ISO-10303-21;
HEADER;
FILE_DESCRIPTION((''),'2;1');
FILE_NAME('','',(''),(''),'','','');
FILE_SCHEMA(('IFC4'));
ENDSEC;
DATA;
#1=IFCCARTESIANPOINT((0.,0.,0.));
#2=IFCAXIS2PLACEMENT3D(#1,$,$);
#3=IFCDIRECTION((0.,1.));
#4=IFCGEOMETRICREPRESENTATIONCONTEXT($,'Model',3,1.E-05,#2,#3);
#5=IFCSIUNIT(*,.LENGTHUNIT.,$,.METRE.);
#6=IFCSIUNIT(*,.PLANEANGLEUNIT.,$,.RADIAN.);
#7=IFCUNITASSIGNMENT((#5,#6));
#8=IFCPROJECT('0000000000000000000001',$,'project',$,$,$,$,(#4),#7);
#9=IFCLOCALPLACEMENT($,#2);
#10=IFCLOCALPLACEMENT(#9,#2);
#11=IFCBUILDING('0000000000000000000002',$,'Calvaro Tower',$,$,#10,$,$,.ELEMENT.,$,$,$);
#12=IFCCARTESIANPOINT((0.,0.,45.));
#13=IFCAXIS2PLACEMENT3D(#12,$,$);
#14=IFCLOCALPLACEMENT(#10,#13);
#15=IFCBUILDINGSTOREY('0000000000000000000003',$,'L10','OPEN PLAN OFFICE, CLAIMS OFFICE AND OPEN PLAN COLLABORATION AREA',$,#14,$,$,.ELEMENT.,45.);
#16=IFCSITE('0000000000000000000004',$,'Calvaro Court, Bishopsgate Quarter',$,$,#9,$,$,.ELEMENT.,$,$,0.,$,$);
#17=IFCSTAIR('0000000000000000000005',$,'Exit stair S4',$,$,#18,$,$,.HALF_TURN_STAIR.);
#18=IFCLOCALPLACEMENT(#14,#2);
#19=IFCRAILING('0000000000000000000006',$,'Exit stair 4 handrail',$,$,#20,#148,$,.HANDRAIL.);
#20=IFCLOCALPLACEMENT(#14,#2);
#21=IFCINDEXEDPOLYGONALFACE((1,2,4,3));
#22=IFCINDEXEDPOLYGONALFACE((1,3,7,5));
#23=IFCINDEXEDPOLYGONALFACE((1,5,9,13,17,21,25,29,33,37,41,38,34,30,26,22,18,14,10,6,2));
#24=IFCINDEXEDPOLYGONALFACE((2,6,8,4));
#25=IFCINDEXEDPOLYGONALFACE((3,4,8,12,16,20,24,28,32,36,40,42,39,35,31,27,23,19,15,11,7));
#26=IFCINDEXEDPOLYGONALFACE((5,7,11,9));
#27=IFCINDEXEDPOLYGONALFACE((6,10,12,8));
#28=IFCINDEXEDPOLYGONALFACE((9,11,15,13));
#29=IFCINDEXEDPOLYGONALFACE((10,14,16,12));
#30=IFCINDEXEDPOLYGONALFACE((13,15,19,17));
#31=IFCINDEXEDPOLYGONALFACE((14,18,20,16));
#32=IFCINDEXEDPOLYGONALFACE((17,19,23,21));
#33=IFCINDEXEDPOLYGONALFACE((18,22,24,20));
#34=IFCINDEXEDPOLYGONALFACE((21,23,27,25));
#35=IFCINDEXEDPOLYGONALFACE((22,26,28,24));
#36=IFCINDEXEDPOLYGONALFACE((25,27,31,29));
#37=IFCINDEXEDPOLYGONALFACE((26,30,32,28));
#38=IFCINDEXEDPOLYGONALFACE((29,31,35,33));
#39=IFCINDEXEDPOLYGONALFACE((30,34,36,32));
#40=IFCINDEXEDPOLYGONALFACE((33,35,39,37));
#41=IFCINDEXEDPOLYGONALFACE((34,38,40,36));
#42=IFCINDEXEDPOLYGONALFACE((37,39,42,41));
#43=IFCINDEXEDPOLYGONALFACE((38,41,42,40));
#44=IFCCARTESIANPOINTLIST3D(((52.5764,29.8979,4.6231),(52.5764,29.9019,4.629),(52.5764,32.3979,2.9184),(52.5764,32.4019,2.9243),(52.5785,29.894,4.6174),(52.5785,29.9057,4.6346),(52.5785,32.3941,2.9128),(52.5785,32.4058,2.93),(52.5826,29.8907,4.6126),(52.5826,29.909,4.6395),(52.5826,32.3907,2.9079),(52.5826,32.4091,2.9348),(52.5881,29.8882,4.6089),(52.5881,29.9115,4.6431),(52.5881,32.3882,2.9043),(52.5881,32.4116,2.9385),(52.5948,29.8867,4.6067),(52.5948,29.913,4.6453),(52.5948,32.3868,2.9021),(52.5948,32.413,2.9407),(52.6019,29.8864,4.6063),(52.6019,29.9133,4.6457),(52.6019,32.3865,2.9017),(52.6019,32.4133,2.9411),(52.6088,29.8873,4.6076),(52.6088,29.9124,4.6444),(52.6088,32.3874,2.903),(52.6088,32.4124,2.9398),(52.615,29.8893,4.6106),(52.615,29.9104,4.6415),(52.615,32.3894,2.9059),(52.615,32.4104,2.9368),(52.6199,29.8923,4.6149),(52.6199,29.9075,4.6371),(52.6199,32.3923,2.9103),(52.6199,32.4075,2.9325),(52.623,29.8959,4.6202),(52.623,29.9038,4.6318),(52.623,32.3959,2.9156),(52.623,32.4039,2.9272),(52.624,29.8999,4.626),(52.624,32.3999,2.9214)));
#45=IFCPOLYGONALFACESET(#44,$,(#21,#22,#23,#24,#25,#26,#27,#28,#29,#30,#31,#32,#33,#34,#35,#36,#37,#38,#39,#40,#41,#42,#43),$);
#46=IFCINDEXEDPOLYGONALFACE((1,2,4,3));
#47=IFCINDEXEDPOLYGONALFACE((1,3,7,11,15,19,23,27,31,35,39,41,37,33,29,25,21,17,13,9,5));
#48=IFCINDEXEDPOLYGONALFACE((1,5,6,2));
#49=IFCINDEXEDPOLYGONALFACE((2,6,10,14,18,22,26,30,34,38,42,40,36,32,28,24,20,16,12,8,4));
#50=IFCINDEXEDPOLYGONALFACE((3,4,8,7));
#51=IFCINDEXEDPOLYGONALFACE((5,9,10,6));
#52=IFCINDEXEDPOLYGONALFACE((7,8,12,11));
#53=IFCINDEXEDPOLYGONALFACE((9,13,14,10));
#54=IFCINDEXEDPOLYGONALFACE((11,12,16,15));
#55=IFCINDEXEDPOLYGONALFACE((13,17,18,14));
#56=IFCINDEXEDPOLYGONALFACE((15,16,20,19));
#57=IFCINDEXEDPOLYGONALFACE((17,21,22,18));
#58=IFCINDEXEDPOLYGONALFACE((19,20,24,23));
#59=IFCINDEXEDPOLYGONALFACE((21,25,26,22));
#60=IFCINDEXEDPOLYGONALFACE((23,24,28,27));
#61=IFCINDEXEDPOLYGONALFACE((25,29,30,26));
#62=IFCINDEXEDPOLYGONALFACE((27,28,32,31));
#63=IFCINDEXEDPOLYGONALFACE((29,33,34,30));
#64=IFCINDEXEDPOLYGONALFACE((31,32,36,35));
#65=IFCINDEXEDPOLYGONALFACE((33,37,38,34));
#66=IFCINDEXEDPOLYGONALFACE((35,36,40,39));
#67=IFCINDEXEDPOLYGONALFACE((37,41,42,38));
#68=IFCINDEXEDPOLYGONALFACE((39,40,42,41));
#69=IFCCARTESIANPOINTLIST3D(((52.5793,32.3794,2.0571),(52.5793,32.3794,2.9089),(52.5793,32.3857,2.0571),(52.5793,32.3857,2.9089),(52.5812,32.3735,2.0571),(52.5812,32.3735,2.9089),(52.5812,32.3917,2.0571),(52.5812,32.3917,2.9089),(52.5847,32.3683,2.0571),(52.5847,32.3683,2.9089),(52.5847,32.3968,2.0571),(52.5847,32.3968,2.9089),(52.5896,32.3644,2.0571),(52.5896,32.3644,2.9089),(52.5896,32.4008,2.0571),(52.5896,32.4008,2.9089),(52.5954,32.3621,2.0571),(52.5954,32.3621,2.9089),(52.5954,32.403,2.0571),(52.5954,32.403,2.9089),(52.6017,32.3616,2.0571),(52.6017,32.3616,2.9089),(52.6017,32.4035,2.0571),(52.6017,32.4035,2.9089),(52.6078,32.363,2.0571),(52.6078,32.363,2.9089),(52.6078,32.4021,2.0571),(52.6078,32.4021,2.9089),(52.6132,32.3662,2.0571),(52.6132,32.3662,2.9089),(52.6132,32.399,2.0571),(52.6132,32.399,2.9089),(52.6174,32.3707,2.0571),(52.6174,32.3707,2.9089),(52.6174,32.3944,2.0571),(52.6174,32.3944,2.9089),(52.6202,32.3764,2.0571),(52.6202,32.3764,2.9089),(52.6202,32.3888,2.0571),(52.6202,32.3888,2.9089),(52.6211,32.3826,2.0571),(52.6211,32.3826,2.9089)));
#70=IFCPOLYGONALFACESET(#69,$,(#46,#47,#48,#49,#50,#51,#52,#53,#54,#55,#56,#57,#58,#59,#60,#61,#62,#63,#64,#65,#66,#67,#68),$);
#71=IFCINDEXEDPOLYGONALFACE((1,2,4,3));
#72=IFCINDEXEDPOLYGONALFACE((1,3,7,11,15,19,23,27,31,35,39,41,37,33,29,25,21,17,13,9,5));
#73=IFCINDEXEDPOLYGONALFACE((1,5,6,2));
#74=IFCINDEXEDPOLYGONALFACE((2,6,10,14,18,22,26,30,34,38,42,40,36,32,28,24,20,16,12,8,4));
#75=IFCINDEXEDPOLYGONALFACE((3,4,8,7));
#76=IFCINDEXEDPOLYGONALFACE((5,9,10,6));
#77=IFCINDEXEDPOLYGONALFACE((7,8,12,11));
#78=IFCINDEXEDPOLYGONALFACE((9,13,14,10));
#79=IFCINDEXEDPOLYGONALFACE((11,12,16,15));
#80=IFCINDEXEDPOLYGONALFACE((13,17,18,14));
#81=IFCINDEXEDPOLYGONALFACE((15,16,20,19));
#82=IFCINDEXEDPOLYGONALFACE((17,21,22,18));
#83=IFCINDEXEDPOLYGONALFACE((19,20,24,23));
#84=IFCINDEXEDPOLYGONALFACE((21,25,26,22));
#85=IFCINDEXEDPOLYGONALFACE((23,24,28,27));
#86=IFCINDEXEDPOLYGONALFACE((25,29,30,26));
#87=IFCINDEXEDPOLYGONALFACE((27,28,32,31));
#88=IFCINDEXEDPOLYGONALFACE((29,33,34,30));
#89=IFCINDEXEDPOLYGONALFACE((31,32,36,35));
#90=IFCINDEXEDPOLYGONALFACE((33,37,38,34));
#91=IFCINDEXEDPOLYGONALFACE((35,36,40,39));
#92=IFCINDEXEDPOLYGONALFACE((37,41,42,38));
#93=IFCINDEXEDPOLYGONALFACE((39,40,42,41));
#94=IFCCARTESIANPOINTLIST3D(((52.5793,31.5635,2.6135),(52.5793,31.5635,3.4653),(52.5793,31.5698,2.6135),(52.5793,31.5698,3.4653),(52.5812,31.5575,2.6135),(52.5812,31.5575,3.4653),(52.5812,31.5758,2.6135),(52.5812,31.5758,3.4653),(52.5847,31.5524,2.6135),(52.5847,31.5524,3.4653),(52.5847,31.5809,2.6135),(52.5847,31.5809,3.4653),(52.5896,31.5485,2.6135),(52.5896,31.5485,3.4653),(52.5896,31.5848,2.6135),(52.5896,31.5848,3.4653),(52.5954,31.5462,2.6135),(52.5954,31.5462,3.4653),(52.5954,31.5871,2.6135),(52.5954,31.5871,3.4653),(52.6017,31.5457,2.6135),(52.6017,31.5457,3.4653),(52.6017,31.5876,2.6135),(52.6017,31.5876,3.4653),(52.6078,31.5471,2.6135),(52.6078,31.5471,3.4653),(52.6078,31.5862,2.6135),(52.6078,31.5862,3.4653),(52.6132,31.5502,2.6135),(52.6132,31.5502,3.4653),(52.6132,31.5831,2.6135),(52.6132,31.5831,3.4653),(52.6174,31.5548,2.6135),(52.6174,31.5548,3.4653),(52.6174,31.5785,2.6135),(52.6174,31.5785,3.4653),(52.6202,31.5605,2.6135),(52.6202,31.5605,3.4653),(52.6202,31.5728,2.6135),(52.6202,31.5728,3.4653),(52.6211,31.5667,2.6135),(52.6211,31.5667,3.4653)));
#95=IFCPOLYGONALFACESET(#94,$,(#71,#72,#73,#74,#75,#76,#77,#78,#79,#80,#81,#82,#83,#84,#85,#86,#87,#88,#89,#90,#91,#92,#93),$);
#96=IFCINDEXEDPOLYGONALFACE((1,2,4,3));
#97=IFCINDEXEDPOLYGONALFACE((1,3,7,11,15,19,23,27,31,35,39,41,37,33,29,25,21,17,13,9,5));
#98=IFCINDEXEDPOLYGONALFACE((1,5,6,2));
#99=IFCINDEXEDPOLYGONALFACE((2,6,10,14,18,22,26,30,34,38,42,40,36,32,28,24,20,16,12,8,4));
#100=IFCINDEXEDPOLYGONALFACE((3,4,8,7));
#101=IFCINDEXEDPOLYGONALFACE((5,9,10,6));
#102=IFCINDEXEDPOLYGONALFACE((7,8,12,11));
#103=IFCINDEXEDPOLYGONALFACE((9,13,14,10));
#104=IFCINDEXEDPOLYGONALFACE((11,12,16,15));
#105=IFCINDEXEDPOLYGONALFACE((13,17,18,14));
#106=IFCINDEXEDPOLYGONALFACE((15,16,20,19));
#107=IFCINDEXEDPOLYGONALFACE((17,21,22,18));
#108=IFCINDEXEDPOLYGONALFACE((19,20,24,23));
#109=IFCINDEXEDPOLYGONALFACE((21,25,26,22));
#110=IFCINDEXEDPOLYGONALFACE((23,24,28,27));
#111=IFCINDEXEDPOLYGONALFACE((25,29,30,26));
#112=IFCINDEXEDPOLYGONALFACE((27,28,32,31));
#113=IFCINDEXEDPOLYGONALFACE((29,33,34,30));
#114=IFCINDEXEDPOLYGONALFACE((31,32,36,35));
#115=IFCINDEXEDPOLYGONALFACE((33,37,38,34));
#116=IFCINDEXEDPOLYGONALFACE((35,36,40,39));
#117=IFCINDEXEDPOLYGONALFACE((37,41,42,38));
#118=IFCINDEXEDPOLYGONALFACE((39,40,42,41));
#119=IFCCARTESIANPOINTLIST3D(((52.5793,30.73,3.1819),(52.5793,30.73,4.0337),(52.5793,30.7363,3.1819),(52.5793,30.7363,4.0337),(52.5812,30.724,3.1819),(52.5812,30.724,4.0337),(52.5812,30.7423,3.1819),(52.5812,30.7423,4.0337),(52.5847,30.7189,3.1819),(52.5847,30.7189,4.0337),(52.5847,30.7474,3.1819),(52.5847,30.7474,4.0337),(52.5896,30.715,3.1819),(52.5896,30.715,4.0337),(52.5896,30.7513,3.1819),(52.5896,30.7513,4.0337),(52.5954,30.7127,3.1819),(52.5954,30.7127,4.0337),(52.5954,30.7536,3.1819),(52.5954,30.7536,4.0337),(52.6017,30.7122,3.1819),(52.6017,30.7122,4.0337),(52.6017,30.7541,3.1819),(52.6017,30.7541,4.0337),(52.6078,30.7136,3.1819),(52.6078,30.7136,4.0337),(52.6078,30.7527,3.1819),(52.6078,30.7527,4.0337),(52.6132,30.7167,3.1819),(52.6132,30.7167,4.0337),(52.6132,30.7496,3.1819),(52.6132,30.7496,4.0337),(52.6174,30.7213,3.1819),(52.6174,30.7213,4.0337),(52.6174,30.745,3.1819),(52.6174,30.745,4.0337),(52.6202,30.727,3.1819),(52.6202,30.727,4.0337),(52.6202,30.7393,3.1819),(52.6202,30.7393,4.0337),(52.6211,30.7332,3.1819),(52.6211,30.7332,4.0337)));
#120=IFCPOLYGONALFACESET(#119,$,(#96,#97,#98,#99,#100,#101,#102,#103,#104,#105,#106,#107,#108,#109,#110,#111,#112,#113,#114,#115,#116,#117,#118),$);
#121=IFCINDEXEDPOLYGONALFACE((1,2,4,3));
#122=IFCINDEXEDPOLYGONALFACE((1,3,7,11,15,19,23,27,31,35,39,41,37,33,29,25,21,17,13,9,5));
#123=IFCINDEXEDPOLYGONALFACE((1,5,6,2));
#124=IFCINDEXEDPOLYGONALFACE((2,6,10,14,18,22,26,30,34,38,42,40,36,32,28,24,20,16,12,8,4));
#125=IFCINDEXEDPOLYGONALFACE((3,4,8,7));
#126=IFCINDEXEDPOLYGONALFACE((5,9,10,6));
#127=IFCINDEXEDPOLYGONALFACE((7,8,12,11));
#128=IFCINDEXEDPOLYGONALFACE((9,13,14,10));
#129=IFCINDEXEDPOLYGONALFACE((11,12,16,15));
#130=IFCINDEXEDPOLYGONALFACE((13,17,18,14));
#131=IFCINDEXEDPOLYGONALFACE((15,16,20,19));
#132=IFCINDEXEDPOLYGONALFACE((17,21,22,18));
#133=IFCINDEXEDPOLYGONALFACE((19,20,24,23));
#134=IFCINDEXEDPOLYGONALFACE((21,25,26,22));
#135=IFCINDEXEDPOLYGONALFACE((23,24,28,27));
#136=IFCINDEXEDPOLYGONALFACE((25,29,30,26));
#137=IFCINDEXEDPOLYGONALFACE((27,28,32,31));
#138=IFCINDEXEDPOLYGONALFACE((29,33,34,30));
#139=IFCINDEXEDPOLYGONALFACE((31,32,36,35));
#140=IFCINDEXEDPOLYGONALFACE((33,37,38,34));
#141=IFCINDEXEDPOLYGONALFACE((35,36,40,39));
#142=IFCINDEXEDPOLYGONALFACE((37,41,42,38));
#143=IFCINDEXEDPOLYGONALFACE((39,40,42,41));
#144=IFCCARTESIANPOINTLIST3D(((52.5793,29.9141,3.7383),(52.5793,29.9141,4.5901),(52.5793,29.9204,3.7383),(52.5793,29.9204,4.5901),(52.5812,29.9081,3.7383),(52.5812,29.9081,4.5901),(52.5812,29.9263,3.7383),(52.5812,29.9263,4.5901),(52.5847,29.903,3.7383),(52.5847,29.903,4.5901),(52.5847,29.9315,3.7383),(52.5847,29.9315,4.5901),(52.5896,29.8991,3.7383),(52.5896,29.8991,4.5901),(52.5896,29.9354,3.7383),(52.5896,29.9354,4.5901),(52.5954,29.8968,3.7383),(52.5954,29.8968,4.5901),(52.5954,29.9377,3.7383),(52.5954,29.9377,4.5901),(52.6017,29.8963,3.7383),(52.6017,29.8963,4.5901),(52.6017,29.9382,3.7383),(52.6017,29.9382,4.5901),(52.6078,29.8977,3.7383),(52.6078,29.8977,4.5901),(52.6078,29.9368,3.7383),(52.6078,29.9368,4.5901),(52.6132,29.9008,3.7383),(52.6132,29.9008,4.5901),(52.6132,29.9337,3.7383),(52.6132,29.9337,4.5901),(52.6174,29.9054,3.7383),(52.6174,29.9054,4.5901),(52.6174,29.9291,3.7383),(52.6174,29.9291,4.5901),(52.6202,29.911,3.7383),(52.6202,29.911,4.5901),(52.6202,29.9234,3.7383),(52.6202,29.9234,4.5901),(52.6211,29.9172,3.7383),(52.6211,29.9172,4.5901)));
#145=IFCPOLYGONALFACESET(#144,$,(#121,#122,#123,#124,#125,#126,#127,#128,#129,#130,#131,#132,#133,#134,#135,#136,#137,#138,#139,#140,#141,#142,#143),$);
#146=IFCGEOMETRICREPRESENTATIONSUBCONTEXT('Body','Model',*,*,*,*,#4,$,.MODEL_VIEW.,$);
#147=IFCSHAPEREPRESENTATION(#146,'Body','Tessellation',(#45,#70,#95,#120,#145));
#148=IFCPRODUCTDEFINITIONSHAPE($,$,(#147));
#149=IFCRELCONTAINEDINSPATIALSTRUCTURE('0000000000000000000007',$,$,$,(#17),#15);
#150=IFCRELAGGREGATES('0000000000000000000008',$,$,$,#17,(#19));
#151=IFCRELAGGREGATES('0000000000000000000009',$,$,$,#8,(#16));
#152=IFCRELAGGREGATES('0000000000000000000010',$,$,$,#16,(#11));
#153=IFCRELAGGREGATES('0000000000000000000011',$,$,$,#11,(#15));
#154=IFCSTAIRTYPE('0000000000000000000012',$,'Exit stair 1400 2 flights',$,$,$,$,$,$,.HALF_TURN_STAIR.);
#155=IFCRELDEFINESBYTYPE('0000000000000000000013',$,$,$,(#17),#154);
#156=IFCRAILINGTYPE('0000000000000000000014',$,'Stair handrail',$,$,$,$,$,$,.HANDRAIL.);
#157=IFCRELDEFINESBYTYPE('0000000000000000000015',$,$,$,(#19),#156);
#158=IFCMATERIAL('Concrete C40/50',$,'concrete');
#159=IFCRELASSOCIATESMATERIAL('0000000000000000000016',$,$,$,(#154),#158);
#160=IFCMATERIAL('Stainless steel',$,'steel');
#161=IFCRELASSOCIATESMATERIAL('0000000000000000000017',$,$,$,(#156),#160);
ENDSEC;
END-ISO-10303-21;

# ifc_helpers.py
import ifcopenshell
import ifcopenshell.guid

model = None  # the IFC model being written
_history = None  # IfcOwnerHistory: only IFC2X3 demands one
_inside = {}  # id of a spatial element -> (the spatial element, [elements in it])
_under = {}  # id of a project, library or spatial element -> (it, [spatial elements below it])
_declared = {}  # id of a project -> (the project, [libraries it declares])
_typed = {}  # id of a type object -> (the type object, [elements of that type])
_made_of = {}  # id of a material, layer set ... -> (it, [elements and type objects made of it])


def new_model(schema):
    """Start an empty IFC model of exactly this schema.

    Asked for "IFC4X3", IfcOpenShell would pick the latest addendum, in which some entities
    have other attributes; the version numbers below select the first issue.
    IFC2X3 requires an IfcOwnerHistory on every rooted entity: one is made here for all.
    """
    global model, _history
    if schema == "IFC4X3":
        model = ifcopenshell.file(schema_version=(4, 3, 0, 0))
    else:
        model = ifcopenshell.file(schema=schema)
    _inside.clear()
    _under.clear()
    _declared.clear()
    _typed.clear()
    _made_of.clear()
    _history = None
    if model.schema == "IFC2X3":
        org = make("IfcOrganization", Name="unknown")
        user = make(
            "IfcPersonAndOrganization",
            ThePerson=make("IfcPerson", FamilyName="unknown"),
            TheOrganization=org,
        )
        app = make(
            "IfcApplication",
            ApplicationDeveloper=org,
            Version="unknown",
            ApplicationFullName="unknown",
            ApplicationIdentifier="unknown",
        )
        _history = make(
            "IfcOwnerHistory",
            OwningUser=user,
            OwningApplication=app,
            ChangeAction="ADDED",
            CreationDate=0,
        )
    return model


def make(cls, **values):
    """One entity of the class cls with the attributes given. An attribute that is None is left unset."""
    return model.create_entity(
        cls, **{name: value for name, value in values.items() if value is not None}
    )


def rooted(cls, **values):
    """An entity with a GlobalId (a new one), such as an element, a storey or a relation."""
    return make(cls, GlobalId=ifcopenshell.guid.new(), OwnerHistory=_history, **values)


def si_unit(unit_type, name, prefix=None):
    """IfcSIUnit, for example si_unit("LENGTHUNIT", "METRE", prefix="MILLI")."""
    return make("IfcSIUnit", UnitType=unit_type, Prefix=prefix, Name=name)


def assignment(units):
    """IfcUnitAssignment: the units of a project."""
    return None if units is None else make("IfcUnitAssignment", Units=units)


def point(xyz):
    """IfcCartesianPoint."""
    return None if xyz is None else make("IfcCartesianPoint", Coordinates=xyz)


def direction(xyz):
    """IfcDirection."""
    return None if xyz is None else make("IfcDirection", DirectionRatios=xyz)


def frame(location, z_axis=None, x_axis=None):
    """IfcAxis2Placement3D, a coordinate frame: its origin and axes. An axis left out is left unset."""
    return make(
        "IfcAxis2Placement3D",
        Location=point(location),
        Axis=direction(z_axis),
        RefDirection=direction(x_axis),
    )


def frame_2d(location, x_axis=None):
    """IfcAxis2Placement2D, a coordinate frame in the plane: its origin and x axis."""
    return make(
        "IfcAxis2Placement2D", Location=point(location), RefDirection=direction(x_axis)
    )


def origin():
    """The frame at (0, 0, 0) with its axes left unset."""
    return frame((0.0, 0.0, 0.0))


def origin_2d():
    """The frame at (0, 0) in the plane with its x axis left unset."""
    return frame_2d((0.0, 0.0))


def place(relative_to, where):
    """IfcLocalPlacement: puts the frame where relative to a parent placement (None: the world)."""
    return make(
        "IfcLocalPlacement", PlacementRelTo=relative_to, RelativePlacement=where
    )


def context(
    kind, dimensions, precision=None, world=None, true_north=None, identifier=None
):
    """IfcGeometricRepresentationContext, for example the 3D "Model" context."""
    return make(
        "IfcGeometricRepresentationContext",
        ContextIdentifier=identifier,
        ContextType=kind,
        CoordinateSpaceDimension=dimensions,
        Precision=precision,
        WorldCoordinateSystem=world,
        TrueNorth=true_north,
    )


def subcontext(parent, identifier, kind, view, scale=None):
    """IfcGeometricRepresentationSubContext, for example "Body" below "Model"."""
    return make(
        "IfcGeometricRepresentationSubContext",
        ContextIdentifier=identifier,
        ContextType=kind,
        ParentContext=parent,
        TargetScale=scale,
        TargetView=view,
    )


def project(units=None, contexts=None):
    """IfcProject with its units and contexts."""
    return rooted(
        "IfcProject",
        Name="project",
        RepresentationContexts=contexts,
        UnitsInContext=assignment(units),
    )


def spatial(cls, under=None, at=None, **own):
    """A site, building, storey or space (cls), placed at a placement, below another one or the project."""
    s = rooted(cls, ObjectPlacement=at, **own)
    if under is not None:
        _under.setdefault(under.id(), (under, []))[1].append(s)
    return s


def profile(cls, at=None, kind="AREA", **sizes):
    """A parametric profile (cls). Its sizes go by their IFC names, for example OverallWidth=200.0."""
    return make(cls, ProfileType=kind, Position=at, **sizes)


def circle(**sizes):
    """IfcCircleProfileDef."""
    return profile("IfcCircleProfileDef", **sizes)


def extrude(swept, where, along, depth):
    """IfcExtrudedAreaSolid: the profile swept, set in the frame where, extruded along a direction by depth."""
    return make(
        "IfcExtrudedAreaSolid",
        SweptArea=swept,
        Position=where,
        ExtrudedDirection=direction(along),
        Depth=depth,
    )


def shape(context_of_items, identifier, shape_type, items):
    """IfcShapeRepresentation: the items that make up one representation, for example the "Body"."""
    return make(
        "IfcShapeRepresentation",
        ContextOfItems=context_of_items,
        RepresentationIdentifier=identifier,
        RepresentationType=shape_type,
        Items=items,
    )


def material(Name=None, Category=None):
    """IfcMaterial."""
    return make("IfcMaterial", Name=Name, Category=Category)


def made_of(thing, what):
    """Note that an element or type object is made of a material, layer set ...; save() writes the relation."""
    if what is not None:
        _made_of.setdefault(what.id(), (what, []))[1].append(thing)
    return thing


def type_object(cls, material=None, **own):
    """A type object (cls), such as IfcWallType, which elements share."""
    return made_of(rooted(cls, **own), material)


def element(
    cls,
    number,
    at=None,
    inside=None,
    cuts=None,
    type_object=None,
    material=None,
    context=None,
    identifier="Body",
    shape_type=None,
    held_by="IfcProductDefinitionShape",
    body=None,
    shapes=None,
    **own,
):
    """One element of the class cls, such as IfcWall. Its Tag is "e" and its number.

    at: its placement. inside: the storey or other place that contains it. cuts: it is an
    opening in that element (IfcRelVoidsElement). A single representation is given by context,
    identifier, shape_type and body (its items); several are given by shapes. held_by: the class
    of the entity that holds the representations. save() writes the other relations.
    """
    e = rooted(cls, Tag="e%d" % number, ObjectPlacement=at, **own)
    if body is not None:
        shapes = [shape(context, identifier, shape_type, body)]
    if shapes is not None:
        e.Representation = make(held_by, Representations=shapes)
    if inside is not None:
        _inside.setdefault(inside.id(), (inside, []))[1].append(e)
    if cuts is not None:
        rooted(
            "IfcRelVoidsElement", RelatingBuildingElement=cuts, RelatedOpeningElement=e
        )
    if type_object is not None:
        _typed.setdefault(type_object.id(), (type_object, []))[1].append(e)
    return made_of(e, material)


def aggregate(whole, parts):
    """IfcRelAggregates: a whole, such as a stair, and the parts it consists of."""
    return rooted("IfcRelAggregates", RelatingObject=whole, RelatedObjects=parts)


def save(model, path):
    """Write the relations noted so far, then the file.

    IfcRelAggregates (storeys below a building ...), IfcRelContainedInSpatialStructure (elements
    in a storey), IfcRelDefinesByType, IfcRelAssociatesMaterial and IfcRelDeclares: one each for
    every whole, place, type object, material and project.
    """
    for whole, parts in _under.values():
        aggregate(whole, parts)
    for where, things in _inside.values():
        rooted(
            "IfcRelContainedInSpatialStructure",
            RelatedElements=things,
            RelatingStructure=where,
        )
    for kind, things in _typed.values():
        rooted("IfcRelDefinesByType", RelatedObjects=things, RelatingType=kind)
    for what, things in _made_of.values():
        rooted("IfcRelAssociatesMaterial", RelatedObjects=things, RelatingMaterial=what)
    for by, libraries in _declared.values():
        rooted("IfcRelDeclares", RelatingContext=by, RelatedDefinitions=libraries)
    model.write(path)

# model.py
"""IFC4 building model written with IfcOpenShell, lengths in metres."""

from ifc_helpers import new_model, si_unit, direction, frame, origin, origin_2d, place, context, subcontext, project, spatial, circle, extrude, material, type_object, element, aggregate, save


model = new_model("IFC4")

# Units and contexts
model_context = context("Model", 3, precision=1e-05, world=origin(), true_north=direction((0.0, 1.0)))
body_context = subcontext(model_context, "Body", "Model", "MODEL_VIEW")
ifc_project = project(units=[si_unit("LENGTHUNIT", "METRE"), si_unit("PLANEANGLEUNIT", "RADIAN")], contexts=[model_context])

# Site, building, storey
site_placement = place(None, origin())
site = spatial("IfcSite", under=ifc_project, at=site_placement, Name="Calvaro Court, Bishopsgate Quarter", CompositionType="ELEMENT", RefElevation=0.0)
building_placement = place(site_placement, origin())
building = spatial("IfcBuilding", under=site, at=building_placement, Name="Calvaro Tower", CompositionType="ELEMENT")
storey_placement = place(building_placement, frame((0.0, 0.0, 45.0)))
storey = spatial("IfcBuildingStorey", under=building, at=storey_placement, Name="L10", Description="OPEN PLAN OFFICE, CLAIMS OFFICE AND OPEN PLAN COLLABORATION AREA", CompositionType="ELEMENT", Elevation=45.0)

# Stair
ifc_material_1 = material(Name="Concrete C40/50", Category="concrete")
stair_type = type_object("IfcStairType", Name="Exit stair 1400 2 flights", PredefinedType="HALF_TURN_STAIR", material=ifc_material_1)
stair_1_placement = place(storey_placement, origin())
stair_1 = element("IfcStair", 1, at=stair_1_placement, inside=storey, type_object=stair_type, Name="Exit stair S4", PredefinedType="HALF_TURN_STAIR")

# Railing
ifc_material_2 = material(Name="Stainless steel", Category="steel")
railing_type = type_object("IfcRailingType", Name="Stair handrail", PredefinedType="HANDRAIL", material=ifc_material_2)
railing_1_placement = place(storey_placement, frame((52.6001, 32.3999, 2.0454)))
railing_1 = element("IfcRailing", 2, at=railing_1_placement, type_object=railing_type, Name="Exit stair 4 handrail", PredefinedType="HANDRAIL", context=body_context, shape_type="SweptSolid", body=[
    extrude(circle(Radius=0.0239, at=origin_2d()), frame((0.0, 0.0, 0.876), z_axis=(0.0, -0.826221, 0.563347), x_axis=(1.0, 0.0, 0.0)), (0.0, 0.0, 1.0), 3.0259),
    extrude(circle(Radius=0.021, at=origin_2d()), frame((0.0, -0.0173, 0.0117)), (0.0, 0.0, 1.0), 0.8518),
    extrude(circle(Radius=0.021, at=origin_2d()), frame((0.0, -0.8333, 0.5681)), (0.0, 0.0, 1.0), 0.8518),
    extrude(circle(Radius=0.021, at=origin_2d()), frame((0.0, -1.6667, 1.1365)), (0.0, 0.0, 1.0), 0.8518),
    extrude(circle(Radius=0.021, at=origin_2d()), frame((0.0, -2.4827, 1.6929)), (0.0, 0.0, 1.0), 0.8518),
])
aggregate(stair_1, [railing_1])

save(model, "model.ifc")
